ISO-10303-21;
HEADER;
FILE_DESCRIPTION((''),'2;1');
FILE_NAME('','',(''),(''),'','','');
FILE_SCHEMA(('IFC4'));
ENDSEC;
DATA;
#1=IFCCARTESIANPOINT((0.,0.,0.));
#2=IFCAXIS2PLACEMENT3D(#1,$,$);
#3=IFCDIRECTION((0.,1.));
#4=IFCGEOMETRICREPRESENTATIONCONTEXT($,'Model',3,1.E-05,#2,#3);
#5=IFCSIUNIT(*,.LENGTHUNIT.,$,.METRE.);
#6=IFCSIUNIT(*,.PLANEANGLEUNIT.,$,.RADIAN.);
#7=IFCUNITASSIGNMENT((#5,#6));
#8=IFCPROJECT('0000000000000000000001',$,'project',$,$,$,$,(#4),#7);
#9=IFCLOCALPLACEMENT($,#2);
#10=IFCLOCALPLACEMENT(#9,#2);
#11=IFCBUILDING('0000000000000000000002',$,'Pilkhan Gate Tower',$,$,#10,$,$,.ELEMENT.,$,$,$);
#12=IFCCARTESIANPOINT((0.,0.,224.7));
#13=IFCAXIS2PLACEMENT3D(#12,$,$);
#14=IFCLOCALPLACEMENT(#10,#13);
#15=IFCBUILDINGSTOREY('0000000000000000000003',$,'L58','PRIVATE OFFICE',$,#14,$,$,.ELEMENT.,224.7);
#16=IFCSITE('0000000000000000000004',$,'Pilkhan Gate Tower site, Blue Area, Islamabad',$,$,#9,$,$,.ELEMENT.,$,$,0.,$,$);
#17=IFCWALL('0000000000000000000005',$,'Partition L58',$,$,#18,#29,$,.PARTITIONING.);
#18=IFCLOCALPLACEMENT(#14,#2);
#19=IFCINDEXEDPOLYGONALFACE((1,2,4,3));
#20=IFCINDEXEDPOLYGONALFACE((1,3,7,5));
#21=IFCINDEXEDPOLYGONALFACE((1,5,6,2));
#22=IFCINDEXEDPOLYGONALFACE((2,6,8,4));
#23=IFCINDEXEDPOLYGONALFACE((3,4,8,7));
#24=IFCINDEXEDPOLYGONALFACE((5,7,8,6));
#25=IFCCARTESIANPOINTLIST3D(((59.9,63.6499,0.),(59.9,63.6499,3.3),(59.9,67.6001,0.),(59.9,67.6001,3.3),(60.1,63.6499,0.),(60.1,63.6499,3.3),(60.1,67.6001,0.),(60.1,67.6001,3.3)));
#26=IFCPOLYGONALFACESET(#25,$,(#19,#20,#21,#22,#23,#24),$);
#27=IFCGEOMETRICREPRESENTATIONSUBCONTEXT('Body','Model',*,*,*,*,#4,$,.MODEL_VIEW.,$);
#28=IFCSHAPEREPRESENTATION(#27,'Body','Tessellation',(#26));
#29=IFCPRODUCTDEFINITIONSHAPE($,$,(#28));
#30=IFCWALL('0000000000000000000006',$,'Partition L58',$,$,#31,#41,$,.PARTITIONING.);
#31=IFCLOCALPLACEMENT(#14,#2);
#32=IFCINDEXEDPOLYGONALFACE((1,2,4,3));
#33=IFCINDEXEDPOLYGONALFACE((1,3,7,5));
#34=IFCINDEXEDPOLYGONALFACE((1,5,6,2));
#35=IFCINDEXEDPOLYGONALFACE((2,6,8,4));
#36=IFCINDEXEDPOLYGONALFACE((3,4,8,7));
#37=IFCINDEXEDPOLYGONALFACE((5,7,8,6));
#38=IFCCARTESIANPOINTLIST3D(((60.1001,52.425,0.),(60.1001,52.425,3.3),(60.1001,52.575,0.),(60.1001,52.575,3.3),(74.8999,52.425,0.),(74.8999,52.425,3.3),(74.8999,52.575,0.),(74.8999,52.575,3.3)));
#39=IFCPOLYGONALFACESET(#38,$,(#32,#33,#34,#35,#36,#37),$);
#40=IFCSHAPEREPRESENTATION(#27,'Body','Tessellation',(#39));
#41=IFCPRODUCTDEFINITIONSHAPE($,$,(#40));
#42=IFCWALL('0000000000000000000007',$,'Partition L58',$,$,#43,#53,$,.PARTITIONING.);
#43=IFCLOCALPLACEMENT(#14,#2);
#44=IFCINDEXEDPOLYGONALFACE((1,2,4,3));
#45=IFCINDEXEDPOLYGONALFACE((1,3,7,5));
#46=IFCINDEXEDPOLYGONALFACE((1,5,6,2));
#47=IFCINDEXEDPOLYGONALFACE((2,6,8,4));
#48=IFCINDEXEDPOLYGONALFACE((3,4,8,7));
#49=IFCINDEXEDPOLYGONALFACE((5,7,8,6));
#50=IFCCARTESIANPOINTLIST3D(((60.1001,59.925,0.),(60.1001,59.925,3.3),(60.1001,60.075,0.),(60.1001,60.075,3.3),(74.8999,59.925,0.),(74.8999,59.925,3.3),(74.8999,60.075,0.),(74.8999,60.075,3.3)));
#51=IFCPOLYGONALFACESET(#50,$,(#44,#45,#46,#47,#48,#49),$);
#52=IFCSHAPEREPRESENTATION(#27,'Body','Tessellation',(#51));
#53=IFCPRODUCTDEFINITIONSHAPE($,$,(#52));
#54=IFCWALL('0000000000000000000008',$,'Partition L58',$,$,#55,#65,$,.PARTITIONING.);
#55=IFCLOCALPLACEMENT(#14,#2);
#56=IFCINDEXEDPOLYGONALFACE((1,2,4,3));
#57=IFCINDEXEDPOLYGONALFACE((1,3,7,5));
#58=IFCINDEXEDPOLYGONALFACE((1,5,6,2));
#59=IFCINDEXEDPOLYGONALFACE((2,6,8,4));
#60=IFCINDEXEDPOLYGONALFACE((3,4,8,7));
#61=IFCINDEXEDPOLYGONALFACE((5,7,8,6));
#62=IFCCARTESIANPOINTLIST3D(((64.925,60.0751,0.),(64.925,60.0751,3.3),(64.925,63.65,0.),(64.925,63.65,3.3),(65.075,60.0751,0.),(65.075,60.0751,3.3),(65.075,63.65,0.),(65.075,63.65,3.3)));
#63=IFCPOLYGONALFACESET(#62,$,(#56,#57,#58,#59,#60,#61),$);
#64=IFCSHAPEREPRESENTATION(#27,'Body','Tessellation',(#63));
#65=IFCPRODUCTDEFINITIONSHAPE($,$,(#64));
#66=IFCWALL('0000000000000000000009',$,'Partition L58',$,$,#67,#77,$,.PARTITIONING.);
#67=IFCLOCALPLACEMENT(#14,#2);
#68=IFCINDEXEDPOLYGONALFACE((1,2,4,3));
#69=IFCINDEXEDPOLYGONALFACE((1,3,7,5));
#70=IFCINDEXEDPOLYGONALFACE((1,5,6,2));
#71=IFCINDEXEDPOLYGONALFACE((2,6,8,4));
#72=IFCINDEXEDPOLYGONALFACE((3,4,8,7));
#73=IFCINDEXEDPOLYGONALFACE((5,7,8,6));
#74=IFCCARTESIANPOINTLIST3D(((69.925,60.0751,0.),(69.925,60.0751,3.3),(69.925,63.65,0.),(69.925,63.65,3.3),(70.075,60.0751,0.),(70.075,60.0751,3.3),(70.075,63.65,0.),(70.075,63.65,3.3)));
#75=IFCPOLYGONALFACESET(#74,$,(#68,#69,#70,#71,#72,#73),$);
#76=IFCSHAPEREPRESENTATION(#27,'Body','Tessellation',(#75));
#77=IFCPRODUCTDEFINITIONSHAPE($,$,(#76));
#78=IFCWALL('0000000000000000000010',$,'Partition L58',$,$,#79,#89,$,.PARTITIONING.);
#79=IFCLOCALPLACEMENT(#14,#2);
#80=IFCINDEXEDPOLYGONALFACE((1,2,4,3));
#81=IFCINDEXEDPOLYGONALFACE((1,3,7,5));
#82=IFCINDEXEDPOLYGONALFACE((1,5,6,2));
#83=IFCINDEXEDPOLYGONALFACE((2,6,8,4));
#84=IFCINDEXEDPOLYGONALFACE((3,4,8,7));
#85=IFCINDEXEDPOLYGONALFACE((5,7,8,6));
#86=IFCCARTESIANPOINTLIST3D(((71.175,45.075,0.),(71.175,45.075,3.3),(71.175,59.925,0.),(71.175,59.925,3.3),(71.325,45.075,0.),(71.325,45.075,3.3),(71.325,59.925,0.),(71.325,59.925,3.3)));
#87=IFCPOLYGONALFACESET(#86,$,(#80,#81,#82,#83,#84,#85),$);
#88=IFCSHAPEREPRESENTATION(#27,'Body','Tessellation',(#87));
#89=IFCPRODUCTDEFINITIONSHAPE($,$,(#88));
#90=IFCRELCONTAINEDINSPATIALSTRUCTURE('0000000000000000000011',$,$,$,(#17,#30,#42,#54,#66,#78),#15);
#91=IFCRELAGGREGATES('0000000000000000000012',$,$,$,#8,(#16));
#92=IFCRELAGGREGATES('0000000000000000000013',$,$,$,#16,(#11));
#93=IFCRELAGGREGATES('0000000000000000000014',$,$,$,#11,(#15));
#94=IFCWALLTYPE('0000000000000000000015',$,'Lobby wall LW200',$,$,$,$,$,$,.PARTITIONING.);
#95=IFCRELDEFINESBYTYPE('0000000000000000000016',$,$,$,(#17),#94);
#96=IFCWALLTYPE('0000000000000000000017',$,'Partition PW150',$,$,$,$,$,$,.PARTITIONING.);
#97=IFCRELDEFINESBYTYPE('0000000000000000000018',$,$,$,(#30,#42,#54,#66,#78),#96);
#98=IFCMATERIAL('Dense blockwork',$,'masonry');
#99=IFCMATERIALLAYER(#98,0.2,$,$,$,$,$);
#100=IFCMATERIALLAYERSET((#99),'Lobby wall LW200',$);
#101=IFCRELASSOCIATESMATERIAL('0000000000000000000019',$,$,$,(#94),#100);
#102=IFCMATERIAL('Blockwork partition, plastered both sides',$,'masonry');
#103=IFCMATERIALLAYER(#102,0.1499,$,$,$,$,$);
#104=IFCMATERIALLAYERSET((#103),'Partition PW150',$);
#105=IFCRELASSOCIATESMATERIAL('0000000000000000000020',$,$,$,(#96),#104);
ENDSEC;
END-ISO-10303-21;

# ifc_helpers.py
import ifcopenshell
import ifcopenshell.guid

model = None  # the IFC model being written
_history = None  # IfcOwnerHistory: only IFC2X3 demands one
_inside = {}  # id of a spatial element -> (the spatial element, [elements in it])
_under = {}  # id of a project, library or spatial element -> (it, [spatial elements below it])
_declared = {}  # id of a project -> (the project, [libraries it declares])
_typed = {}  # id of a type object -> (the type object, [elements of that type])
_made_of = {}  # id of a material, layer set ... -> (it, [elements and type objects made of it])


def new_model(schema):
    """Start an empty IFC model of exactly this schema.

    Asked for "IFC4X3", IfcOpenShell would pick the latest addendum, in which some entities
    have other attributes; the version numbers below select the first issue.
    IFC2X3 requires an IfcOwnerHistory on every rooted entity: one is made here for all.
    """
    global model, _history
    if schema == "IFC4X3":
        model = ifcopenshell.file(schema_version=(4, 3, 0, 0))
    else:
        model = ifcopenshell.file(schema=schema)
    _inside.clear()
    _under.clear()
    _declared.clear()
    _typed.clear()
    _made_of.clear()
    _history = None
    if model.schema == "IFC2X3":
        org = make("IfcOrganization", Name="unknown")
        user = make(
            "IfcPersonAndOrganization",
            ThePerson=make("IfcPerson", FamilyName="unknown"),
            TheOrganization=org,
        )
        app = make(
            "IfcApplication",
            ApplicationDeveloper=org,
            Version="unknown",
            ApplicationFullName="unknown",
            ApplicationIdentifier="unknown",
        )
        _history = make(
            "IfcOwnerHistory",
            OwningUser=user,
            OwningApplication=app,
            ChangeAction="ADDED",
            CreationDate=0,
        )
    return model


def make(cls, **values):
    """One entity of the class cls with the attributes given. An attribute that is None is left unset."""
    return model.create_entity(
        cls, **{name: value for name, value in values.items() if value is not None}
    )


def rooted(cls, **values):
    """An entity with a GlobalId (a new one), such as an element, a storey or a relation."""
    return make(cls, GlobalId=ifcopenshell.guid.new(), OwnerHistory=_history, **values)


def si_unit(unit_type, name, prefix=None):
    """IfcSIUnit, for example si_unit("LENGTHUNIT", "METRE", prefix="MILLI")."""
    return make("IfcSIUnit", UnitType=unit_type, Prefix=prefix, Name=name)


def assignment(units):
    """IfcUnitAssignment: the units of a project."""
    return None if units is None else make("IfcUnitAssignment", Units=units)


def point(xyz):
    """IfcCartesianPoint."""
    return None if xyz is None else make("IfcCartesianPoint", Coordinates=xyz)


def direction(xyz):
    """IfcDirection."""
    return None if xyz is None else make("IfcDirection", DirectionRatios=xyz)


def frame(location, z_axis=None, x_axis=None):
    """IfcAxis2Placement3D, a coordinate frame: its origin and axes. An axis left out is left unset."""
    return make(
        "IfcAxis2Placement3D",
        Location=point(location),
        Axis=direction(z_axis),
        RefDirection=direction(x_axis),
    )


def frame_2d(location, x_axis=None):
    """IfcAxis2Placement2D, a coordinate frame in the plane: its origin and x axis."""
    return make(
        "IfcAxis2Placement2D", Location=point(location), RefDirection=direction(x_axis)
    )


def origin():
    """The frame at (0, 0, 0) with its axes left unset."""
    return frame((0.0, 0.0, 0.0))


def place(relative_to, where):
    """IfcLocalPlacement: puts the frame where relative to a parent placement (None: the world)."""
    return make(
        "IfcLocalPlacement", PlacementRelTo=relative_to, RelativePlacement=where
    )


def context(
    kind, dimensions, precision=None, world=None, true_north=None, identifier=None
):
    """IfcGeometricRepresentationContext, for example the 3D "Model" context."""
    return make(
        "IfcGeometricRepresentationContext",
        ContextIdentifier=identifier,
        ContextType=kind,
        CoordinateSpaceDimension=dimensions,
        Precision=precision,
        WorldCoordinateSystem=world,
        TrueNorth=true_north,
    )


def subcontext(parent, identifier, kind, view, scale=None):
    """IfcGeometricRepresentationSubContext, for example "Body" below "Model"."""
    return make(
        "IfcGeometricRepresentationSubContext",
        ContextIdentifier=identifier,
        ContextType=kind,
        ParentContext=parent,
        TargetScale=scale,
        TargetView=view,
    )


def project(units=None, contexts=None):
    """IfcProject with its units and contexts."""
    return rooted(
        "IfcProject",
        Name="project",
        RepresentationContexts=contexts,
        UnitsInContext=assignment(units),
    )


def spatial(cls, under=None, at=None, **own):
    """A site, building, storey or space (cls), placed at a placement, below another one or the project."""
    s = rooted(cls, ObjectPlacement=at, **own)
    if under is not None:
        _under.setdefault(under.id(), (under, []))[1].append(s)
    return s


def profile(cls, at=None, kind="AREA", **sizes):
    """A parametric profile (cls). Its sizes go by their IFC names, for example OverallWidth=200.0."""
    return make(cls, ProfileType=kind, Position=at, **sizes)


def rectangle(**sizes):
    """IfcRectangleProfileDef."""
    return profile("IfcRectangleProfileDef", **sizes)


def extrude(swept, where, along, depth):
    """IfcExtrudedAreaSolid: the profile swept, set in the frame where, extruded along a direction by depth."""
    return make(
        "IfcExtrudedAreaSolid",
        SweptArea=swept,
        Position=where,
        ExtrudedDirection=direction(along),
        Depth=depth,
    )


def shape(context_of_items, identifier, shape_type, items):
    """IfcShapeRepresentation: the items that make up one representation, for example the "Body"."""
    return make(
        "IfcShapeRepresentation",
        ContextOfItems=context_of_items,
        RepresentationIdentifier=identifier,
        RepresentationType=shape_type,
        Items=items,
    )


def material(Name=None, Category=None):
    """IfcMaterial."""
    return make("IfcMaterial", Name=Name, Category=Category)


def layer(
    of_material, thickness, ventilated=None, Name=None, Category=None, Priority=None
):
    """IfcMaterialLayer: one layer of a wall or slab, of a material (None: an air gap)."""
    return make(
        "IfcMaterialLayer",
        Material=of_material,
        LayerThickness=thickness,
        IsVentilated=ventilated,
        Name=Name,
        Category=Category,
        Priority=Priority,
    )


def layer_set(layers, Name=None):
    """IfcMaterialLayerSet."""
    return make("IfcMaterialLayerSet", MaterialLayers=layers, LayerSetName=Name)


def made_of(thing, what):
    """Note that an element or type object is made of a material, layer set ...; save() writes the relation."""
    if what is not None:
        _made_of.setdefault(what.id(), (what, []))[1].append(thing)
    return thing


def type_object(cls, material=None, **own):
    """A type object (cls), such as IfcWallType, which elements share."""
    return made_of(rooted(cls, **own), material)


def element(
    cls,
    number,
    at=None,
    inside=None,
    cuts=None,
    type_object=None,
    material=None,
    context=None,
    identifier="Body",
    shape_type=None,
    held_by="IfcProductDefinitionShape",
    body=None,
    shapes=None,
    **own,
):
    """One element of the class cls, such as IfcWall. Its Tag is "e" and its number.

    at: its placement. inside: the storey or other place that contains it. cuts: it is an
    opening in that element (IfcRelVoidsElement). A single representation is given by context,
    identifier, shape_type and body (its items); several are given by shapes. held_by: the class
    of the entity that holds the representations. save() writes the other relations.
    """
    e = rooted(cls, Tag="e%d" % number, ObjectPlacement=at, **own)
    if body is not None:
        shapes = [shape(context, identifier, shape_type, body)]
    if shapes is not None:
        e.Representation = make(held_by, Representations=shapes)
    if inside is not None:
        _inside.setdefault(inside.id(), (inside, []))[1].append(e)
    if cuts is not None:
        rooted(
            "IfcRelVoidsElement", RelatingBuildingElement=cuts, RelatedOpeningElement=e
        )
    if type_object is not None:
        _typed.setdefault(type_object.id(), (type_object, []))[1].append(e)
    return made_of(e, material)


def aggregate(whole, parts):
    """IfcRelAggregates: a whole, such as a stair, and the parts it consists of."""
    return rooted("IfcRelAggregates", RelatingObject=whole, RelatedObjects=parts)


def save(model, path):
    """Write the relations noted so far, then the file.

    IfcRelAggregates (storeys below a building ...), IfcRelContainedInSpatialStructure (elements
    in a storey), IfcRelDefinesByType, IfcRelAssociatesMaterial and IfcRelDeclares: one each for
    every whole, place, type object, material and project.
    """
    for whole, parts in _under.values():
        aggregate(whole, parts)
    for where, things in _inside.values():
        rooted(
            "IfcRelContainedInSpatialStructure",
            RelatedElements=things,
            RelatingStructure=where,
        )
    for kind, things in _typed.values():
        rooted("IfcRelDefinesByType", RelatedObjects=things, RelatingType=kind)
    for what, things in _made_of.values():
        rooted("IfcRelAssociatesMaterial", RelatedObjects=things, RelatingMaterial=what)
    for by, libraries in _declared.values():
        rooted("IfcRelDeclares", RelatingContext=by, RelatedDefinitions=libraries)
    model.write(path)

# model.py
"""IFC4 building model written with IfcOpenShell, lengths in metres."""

from ifc_helpers import new_model, si_unit, direction, frame, frame_2d, origin, place, context, subcontext, project, spatial, rectangle, extrude, material, layer, layer_set, type_object, element, save


model = new_model("IFC4")

# Units and contexts
model_context = context("Model", 3, precision=1e-05, world=origin(), true_north=direction((0.0, 1.0)))
body_context = subcontext(model_context, "Body", "Model", "MODEL_VIEW")
ifc_project = project(units=[si_unit("LENGTHUNIT", "METRE"), si_unit("PLANEANGLEUNIT", "RADIAN")], contexts=[model_context])

# Site, building, storey
site_placement = place(None, origin())
site = spatial("IfcSite", under=ifc_project, at=site_placement, Name="Pilkhan Gate Tower site, Blue Area, Islamabad", CompositionType="ELEMENT", RefElevation=0.0)
building_placement = place(site_placement, origin())
building = spatial("IfcBuilding", under=site, at=building_placement, Name="Pilkhan Gate Tower", CompositionType="ELEMENT")
storey_placement = place(building_placement, frame((0.0, 0.0, 224.7)))
storey = spatial("IfcBuildingStorey", under=building, at=storey_placement, Name="L58", Description="PRIVATE OFFICE", CompositionType="ELEMENT", Elevation=224.7)

# Shared definitions
ifc_material_1 = material(Name="Dense blockwork", Category="masonry")
ifc_layer_1 = layer(ifc_material_1, 0.2)
ifc_layer_set_1 = layer_set([ifc_layer_1], Name="Lobby wall LW200")
wall_type_1 = type_object("IfcWallType", Name="Lobby wall LW200", PredefinedType="PARTITIONING", material=ifc_layer_set_1)

# Walls
wall_1_placement = place(storey_placement, frame((60.0, 63.6499, 0.0), z_axis=(0.0, 0.0, 1.0), x_axis=(0.0, 1.0, 0.0)))
element("IfcWall", 1, at=wall_1_placement, inside=storey, type_object=wall_type_1, Name="Partition L58", PredefinedType="PARTITIONING", context=body_context, shape_type="SweptSolid", body=[
    extrude(rectangle(XDim=3.9502, YDim=0.2, at=frame_2d((1.9751, 0.0))), origin(), (0.0, 0.0, 1.0), 3.3),
])
ifc_material_2 = material(Name="Blockwork partition, plastered both sides", Category="masonry")
ifc_layer_2 = layer(ifc_material_2, 0.1499)
ifc_layer_set_2 = layer_set([ifc_layer_2], Name="Partition PW150")
wall_type_2 = type_object("IfcWallType", Name="Partition PW150", PredefinedType="PARTITIONING", material=ifc_layer_set_2)
for number, where, z_axis, x_axis, name in (
    (2, (60.1001, 52.5, 0.0), (0.0, 0.0, 1.0), (1.0, 0.0, 0.0), "Partition L58"),
    (3, (60.1001, 60.0, 0.0), (0.0, 0.0, 1.0), (1.0, 0.0, 0.0), "Partition L58"),
):
    element("IfcWall", number, at=place(storey_placement, frame(where, z_axis=z_axis, x_axis=x_axis)), inside=storey, type_object=wall_type_2, Name=name, PredefinedType="PARTITIONING", context=body_context, shape_type="SweptSolid", body=[
        extrude(rectangle(XDim=14.7998, YDim=0.1499, at=frame_2d((7.3999, 0.0))), origin(), (0.0, 0.0, 1.0), 3.3),
    ])
for number, where, z_axis, x_axis, name in (
    (4, (65.0, 60.075, 0.0), (0.0, 0.0, 1.0), (0.0, 1.0, 0.0), "Partition L58"),
    (5, (70.0, 60.075, 0.0), (0.0, 0.0, 1.0), (0.0, 1.0, 0.0), "Partition L58"),
):
    element("IfcWall", number, at=place(storey_placement, frame(where, z_axis=z_axis, x_axis=x_axis)), inside=storey, type_object=wall_type_2, Name=name, PredefinedType="PARTITIONING", context=body_context, shape_type="SweptSolid", body=[
        extrude(rectangle(XDim=3.575, YDim=0.1499, at=frame_2d((1.7876, 0.0))), origin(), (0.0, 0.0, 1.0), 3.3),
    ])
wall_2_placement = place(storey_placement, frame((71.25, 45.075, 0.0), z_axis=(0.0, 0.0, 1.0), x_axis=(0.0, 1.0, 0.0)))
element("IfcWall", 6, at=wall_2_placement, inside=storey, type_object=wall_type_2, Name="Partition L58", PredefinedType="PARTITIONING", context=body_context, shape_type="SweptSolid", body=[
    extrude(rectangle(XDim=14.8501, YDim=0.1499, at=frame_2d((7.425, 0.0))), origin(), (0.0, 0.0, 1.0), 3.3),
])

save(model, "model.ifc")
